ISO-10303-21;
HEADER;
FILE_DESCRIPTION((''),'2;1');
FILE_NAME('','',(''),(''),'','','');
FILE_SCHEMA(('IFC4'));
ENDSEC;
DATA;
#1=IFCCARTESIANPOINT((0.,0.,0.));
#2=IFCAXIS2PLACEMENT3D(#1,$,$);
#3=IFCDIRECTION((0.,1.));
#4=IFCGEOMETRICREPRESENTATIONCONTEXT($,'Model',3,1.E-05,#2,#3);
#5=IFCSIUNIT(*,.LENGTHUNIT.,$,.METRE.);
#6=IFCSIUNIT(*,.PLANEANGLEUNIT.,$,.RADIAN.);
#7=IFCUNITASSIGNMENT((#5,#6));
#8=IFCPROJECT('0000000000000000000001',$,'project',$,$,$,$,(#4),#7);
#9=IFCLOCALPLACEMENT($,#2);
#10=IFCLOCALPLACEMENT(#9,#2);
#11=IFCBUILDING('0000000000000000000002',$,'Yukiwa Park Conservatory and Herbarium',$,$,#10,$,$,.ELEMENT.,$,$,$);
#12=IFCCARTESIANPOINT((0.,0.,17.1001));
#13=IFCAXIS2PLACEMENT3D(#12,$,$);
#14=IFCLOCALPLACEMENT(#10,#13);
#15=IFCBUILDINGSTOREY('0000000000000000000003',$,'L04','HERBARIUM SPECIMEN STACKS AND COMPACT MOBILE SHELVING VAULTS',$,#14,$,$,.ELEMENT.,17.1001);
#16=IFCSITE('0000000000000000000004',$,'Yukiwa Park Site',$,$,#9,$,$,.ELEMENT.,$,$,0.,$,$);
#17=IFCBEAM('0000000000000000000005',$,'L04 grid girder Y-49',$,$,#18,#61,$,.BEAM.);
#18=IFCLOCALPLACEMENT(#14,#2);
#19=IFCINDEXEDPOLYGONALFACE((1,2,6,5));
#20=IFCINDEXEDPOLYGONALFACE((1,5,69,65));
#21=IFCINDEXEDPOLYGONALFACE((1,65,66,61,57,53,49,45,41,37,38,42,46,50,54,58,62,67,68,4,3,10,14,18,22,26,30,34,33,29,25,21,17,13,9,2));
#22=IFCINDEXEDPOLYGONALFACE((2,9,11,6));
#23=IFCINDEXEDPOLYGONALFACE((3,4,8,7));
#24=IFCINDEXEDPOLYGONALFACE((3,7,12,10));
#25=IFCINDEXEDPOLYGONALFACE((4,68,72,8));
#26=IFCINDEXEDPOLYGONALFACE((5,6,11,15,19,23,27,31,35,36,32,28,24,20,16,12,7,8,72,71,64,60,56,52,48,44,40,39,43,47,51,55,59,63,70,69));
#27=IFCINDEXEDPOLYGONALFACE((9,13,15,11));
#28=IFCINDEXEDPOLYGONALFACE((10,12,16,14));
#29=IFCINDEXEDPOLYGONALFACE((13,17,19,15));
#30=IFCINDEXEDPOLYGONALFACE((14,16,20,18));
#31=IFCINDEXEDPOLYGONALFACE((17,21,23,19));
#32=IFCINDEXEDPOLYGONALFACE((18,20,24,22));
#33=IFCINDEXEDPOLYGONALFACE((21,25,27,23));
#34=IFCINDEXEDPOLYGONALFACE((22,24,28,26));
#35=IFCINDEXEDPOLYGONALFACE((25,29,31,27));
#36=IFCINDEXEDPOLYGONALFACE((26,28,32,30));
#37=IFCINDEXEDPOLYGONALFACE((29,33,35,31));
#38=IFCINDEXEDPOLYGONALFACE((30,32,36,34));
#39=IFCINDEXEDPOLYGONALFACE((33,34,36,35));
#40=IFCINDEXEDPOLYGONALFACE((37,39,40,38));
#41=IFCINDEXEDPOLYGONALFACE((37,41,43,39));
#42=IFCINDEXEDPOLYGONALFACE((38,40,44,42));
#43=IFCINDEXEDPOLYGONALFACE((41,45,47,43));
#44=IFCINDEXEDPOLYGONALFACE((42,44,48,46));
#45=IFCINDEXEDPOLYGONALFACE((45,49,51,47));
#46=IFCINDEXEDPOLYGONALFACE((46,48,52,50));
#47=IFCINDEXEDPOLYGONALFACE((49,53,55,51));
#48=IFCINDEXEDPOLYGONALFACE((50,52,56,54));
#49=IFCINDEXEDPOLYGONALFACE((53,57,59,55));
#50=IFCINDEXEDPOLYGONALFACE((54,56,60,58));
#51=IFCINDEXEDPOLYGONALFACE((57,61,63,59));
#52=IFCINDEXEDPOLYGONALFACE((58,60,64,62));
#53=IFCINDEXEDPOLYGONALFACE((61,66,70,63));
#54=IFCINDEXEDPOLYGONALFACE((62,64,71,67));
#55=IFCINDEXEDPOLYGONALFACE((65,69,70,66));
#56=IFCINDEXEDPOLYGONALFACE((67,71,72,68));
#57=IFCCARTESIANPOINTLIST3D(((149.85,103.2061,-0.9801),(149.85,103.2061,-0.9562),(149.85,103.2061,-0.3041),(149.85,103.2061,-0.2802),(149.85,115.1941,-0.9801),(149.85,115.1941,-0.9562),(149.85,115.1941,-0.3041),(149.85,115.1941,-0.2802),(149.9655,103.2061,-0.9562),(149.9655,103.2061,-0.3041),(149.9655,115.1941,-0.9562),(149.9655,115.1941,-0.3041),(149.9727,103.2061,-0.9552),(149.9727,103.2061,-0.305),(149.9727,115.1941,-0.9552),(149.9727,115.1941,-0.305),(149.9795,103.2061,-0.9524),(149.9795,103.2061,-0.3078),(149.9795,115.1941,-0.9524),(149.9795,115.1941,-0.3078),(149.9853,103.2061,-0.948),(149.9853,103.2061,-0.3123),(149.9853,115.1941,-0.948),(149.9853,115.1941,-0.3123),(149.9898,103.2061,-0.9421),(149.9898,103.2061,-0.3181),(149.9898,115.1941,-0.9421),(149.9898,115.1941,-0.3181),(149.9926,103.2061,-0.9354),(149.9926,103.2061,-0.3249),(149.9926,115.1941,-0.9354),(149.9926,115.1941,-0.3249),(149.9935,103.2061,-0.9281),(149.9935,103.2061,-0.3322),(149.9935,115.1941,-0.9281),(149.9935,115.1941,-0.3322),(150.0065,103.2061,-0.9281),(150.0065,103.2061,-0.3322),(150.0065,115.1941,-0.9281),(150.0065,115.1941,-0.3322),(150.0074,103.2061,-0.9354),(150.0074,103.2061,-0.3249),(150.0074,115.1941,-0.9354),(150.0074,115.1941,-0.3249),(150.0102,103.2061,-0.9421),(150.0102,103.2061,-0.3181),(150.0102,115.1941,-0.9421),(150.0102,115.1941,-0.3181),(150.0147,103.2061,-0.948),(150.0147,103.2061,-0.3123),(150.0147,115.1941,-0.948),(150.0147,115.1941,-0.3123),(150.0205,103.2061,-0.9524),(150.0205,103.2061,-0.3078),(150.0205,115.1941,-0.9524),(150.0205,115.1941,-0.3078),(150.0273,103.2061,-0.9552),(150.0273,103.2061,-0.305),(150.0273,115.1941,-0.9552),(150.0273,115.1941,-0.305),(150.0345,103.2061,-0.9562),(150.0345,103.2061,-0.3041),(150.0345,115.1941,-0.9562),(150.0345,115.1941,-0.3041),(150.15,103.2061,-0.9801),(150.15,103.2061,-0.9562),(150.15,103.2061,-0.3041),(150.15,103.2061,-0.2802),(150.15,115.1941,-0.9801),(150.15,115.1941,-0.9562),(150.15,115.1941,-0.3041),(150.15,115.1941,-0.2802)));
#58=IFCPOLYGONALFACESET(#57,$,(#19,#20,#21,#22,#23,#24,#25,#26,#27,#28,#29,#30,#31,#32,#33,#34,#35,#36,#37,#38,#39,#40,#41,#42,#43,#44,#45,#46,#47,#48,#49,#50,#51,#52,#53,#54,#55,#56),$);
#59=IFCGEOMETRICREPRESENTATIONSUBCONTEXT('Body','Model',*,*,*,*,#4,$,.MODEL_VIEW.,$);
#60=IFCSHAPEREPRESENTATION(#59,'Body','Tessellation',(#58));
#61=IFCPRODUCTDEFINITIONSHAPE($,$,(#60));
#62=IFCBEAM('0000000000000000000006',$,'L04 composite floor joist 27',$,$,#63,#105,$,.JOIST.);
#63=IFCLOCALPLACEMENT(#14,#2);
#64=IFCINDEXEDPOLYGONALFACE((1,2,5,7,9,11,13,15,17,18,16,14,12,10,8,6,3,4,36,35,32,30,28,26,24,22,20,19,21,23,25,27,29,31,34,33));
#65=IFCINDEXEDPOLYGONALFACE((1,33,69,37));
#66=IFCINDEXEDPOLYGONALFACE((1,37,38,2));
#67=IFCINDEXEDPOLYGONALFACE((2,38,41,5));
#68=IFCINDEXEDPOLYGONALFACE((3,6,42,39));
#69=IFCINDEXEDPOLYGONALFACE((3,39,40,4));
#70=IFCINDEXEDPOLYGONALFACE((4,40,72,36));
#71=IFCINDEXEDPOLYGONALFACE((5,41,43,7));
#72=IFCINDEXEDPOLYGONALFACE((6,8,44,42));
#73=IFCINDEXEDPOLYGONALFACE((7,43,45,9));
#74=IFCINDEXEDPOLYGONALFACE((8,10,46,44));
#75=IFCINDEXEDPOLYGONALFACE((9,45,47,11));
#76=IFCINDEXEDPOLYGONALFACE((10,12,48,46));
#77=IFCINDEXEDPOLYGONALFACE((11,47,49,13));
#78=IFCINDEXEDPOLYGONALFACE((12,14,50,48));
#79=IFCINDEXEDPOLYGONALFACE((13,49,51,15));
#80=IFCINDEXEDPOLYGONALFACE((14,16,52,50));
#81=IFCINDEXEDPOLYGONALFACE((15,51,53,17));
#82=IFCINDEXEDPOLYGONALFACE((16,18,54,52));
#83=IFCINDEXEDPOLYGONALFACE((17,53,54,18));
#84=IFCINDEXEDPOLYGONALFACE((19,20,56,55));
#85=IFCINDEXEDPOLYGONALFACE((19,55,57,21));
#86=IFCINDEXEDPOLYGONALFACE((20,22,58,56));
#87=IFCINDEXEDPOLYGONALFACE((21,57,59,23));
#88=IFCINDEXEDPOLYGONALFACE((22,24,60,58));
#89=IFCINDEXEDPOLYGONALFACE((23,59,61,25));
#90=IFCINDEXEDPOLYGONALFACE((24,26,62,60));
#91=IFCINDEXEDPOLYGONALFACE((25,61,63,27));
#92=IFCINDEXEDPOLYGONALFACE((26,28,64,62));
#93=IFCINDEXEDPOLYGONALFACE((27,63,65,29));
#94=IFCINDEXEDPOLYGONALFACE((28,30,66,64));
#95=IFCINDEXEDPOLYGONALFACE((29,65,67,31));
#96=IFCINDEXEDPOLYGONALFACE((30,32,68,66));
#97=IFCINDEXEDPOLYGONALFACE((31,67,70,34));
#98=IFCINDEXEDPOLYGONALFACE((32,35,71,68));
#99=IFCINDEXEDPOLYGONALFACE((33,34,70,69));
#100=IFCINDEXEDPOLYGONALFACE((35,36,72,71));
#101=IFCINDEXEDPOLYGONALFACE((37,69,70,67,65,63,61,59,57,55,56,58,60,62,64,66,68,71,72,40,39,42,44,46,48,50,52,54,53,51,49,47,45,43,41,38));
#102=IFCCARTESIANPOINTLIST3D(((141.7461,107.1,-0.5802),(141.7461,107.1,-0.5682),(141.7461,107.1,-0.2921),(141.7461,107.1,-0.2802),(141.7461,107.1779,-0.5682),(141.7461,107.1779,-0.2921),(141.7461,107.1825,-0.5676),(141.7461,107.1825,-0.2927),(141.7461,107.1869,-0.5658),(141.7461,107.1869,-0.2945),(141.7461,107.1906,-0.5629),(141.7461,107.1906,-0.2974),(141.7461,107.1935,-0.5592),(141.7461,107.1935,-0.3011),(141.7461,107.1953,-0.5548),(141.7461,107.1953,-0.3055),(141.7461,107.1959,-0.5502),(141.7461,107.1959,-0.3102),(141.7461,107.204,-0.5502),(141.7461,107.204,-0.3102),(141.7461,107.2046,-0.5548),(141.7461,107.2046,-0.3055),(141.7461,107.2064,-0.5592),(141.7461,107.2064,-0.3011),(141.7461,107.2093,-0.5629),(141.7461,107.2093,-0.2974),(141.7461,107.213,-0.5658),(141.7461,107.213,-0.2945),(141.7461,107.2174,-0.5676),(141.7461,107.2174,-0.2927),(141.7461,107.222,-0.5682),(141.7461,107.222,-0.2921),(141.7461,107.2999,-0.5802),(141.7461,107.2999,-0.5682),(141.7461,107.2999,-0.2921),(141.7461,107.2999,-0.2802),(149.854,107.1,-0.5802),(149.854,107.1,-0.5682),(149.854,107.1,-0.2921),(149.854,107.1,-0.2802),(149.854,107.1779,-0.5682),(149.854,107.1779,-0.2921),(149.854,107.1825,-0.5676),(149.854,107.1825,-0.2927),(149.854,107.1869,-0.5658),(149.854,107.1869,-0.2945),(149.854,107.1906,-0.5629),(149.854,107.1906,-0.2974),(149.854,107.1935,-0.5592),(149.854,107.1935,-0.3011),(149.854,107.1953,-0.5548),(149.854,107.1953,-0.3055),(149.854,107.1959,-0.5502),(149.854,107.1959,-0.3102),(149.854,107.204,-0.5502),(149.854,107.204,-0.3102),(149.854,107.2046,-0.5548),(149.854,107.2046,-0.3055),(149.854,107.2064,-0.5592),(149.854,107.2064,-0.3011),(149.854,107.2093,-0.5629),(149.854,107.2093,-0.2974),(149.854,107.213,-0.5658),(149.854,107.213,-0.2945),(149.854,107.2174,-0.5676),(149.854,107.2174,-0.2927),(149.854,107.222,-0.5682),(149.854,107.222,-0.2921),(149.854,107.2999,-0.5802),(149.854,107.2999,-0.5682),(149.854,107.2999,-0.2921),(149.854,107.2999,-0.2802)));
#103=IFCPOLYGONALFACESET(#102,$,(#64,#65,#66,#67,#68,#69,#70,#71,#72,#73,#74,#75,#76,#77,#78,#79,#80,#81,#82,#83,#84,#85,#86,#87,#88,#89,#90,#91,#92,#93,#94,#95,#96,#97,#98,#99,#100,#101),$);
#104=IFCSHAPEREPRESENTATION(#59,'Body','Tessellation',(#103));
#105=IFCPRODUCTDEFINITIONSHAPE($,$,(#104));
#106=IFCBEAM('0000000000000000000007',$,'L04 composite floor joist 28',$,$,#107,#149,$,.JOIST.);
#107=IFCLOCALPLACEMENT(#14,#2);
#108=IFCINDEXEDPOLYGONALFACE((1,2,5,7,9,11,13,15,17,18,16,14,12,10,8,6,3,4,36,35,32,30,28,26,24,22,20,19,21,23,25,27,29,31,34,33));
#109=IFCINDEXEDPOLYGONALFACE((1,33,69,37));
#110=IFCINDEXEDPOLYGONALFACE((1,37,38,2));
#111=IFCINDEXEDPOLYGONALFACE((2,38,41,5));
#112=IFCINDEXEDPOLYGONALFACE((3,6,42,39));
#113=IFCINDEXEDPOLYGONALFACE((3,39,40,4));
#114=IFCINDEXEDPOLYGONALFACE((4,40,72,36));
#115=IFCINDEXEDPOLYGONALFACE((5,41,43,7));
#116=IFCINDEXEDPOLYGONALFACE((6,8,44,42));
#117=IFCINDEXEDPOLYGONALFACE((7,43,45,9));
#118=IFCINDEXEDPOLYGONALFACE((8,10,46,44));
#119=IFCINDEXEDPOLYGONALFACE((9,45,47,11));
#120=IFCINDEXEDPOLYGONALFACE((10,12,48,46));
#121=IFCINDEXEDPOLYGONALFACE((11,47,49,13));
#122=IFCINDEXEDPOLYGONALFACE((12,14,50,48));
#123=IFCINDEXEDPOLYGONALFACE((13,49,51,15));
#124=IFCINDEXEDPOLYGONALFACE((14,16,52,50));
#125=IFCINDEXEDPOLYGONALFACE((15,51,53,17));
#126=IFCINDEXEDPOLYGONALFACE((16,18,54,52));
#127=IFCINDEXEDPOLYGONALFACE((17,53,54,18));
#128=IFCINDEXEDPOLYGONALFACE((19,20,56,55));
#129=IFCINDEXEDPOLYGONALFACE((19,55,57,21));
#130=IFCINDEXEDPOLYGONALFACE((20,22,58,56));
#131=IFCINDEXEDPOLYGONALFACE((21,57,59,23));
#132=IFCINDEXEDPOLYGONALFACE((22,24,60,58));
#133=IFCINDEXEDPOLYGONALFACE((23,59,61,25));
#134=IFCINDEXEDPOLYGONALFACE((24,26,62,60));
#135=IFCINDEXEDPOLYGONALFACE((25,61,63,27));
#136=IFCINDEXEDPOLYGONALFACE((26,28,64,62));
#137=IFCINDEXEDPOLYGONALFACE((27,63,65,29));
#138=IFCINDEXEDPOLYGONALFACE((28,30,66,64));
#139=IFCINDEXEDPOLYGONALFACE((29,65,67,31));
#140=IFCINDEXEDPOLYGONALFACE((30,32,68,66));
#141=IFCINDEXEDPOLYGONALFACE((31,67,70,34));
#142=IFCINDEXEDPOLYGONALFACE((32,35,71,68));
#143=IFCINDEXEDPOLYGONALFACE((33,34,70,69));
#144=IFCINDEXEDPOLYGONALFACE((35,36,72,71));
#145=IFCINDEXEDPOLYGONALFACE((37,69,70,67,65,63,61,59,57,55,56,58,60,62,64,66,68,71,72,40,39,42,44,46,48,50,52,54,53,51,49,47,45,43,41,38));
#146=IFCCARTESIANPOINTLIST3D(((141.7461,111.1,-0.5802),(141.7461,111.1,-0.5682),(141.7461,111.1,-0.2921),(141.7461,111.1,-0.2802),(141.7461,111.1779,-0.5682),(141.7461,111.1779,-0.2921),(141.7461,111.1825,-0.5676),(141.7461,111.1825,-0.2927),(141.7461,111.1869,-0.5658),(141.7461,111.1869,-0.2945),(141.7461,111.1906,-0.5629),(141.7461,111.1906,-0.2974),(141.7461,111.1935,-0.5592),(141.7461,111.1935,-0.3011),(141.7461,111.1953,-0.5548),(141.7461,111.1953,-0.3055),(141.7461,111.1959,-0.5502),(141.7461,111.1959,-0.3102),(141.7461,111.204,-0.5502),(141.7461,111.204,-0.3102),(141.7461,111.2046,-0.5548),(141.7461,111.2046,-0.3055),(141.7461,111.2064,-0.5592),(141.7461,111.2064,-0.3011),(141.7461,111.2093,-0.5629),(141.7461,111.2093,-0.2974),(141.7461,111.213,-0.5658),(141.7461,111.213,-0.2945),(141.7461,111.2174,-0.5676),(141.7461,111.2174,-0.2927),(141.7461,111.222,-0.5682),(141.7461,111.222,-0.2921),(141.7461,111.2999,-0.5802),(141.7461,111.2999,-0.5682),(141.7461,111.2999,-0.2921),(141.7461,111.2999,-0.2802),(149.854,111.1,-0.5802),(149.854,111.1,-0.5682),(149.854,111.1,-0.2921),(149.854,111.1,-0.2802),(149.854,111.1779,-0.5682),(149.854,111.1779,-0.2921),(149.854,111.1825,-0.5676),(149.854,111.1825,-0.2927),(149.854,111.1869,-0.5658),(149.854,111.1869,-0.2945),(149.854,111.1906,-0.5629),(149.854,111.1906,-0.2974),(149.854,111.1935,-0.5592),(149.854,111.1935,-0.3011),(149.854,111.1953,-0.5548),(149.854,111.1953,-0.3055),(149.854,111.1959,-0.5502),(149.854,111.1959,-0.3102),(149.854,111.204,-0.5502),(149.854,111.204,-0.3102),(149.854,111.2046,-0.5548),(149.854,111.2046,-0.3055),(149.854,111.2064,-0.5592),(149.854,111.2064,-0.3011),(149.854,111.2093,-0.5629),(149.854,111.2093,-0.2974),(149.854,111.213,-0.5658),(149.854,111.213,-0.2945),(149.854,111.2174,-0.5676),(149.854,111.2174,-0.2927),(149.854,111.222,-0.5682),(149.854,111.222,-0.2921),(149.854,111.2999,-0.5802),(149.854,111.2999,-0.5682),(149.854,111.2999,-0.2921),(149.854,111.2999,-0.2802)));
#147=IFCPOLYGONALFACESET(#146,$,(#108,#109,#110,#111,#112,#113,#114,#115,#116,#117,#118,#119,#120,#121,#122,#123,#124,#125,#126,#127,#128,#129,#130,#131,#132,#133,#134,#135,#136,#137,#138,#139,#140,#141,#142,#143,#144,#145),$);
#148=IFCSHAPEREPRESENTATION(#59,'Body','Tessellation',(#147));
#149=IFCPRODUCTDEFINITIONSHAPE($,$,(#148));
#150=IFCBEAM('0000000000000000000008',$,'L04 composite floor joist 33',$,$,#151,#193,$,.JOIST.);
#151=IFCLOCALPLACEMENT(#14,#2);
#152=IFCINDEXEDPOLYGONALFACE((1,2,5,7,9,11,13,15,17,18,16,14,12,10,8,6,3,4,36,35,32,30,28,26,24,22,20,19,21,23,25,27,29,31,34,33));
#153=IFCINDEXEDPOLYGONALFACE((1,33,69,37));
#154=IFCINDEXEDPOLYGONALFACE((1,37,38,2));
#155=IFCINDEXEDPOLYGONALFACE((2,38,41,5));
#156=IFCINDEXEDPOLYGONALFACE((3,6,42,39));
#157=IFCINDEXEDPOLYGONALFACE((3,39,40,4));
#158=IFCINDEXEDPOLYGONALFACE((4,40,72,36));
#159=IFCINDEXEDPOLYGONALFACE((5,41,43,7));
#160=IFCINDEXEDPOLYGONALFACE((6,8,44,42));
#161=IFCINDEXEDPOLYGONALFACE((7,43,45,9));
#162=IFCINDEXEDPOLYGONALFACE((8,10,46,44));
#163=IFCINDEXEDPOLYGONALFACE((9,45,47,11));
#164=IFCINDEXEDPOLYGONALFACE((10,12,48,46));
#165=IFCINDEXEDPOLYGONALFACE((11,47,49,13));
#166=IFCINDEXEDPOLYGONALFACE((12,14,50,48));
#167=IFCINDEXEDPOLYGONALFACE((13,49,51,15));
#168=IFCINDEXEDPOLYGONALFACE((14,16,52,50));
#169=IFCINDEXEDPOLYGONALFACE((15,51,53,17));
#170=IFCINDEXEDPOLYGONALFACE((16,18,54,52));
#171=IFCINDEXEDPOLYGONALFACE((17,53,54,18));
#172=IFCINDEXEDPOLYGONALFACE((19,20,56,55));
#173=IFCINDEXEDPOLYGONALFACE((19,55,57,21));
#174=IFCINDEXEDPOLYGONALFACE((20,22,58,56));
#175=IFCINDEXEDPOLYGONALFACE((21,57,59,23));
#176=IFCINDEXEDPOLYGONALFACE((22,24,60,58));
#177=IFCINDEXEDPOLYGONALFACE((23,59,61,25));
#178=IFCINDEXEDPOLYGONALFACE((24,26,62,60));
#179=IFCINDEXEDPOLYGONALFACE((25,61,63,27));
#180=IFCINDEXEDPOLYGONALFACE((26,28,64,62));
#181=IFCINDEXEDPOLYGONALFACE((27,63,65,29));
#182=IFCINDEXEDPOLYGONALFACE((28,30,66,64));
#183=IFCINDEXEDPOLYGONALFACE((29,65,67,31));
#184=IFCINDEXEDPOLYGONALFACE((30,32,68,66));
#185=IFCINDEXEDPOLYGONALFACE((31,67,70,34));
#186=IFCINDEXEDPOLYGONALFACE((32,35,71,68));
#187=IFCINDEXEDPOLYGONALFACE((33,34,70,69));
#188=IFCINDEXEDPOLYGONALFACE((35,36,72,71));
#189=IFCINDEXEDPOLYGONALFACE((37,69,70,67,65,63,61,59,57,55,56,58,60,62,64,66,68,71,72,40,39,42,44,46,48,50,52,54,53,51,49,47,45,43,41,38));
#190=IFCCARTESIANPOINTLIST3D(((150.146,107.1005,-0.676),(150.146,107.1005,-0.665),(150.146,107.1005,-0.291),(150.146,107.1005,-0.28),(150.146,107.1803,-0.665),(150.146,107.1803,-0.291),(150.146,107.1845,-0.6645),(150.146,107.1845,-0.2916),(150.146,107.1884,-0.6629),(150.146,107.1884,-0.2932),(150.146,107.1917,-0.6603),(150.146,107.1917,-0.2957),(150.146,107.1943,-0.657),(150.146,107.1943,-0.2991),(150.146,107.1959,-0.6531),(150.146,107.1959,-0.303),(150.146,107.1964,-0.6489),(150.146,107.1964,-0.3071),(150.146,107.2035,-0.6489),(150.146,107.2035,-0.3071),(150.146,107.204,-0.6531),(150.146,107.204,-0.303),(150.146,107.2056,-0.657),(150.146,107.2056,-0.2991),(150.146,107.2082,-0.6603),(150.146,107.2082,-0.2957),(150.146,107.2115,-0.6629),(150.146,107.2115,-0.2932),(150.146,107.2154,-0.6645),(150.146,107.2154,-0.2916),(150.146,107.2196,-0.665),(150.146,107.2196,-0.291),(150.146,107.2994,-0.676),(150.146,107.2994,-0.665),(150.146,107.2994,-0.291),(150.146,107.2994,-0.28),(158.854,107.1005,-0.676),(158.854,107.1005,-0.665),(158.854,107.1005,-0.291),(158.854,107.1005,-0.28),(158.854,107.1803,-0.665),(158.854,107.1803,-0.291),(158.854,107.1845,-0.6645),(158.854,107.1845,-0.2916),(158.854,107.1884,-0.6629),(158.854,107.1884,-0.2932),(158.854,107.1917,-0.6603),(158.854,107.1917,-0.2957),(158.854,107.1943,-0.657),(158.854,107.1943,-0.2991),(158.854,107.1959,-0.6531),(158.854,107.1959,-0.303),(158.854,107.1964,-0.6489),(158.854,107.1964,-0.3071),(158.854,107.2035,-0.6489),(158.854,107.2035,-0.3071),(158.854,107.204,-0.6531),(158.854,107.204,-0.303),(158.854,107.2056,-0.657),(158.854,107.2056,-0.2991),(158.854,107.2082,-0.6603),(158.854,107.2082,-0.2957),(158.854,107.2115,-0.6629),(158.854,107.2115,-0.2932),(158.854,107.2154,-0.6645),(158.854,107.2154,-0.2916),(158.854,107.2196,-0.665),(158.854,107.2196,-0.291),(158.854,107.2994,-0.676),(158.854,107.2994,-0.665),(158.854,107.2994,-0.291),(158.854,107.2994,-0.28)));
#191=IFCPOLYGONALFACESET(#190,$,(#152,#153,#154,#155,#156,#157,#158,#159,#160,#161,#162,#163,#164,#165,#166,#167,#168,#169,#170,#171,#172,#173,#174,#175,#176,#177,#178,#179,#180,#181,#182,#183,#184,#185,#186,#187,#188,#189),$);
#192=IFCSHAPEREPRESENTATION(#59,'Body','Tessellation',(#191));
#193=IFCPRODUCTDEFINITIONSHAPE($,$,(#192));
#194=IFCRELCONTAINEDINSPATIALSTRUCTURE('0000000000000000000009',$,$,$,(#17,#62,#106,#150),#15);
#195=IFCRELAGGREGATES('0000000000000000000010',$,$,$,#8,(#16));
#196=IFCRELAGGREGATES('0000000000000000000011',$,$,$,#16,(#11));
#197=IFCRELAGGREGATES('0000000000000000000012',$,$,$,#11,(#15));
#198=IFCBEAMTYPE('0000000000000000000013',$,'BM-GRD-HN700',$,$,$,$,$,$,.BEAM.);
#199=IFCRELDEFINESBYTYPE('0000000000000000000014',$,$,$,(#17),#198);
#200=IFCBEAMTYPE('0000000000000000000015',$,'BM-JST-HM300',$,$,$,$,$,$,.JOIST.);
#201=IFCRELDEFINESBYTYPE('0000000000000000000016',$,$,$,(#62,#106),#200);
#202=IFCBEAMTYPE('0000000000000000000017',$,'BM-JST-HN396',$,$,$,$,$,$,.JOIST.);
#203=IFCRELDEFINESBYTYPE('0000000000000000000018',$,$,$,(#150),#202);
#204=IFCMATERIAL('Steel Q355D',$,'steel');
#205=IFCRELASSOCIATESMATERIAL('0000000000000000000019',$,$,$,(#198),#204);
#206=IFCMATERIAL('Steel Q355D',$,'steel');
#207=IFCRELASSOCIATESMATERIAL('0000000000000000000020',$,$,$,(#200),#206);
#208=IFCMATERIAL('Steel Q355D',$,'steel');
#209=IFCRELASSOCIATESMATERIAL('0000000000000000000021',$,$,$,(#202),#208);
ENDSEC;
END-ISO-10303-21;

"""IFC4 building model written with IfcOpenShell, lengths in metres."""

from ifc_helpers import new_model, si_unit, direction, frame, origin, origin_2d, place, context, subcontext, project, spatial, i_section, extrude, material, material_profile, profile_set, type_object, element, save


model = new_model("IFC4")

# Units and contexts
model_context = context("Model", 3, precision=1e-05, world=origin(), true_north=direction((0.0, 1.0)))
body_context = subcontext(model_context, "Body", "Model", "MODEL_VIEW")
ifc_project = project(units=[si_unit("LENGTHUNIT", "METRE"), si_unit("PLANEANGLEUNIT", "RADIAN")], contexts=[model_context])

# Site, building, storey
site_placement = place(None, origin())
site = spatial("IfcSite", under=ifc_project, at=site_placement, Name="Yukiwa Park Site", CompositionType="ELEMENT", RefElevation=0.0)
building_placement = place(site_placement, origin())
building = spatial("IfcBuilding", under=site, at=building_placement, Name="Yukiwa Park Conservatory and Herbarium", CompositionType="ELEMENT")
storey_placement = place(building_placement, frame((0.0, 0.0, 17.1001)))
storey = spatial("IfcBuildingStorey", under=building, at=storey_placement, Name="L04", Description="HERBARIUM SPECIMEN STACKS AND COMPACT MOBILE SHELVING VAULTS", CompositionType="ELEMENT", Elevation=17.1001)

# Beams
ifc_material_1 = material(Name="Steel Q355D", Category="steel")
ifc_material_profile_1 = material_profile(ifc_material_1, i_section(OverallWidth=0.3, OverallDepth=0.7, WebThickness=0.0129, FlangeThickness=0.0239, FilletRadius=0.0281, at=origin_2d()), Name="HN 700x300x13x24")
ifc_profile_set_1 = profile_set([ifc_material_profile_1], Name="Steel Q355D")
beam_type_1 = type_object("IfcBeamType", Name="BM-GRD-HN700", PredefinedType="BEAM", material=ifc_profile_set_1)
for number, where, z_axis, x_axis, name in (
    (1, (150.0, 103.2061, -0.6301), (0.0, 1.0, 0.0), (-1.0, 0.0, 0.0), "L04 grid girder Y-49"),
):
    element("IfcBeam", number, at=place(storey_placement, frame(where, z_axis=z_axis, x_axis=x_axis)), inside=storey, type_object=beam_type_1, Name=name, PredefinedType="BEAM", context=body_context, shape_type="SweptSolid", body=[
        extrude(i_section(OverallWidth=0.3, OverallDepth=0.7, WebThickness=0.0129, FlangeThickness=0.0239, FilletRadius=0.0281, at=origin_2d()), origin(), (0.0, 0.0, 1.0), 11.988),
    ])
ifc_material_2 = material(Name="Steel Q355D", Category="steel")
ifc_material_profile_2 = material_profile(ifc_material_2, i_section(OverallWidth=0.2, OverallDepth=0.3, WebThickness=0.0081, FlangeThickness=0.012, FilletRadius=0.0181, at=origin_2d()), Name="HM 300x200x8x12")
ifc_profile_set_2 = profile_set([ifc_material_profile_2], Name="Steel Q355D")
beam_type_2 = type_object("IfcBeamType", Name="BM-JST-HM300", PredefinedType="JOIST", material=ifc_profile_set_2)
for number, where, z_axis, x_axis, name in (
    (2, (141.7461, 107.2, -0.4302), (1.0, 0.0, 0.0), (0.0, 1.0, 0.0), "L04 composite floor joist 27"),
    (3, (141.7461, 111.2, -0.4302), (1.0, 0.0, 0.0), (0.0, 1.0, 0.0), "L04 composite floor joist 28"),
):
    element("IfcBeam", number, at=place(storey_placement, frame(where, z_axis=z_axis, x_axis=x_axis)), inside=storey, type_object=beam_type_2, Name=name, PredefinedType="JOIST", context=body_context, shape_type="SweptSolid", body=[
        extrude(i_section(OverallWidth=0.2, OverallDepth=0.3, WebThickness=0.0081, FlangeThickness=0.012, FilletRadius=0.0181, at=origin_2d()), origin(), (0.0, 0.0, 1.0), 8.1079),
    ])
ifc_material_3 = material(Name="Steel Q355D", Category="steel")
ifc_material_profile_3 = material_profile(ifc_material_3, i_section(OverallWidth=0.199, OverallDepth=0.396, WebThickness=0.0071, FlangeThickness=0.011, FilletRadius=0.0161, at=origin_2d()), Name="HN 396x199x7x11")
ifc_profile_set_3 = profile_set([ifc_material_profile_3], Name="Steel Q355D")
beam_type_3 = type_object("IfcBeamType", Name="BM-JST-HN396", PredefinedType="JOIST", material=ifc_profile_set_3)
for number, where, z_axis, x_axis, name in (
    (4, (150.146, 107.2, -0.478), (1.0, 0.0, 0.0), (0.0, 1.0, 0.0), "L04 composite floor joist 33"),
):
    element("IfcBeam", number, at=place(storey_placement, frame(where, z_axis=z_axis, x_axis=x_axis)), inside=storey, type_object=beam_type_3, Name=name, PredefinedType="JOIST", context=body_context, shape_type="SweptSolid", body=[
        extrude(i_section(OverallWidth=0.199, OverallDepth=0.396, WebThickness=0.0071, FlangeThickness=0.011, FilletRadius=0.0161, at=origin_2d()), origin(), (0.0, 0.0, 1.0), 8.708),
    ])

save(model, "model.ifc")
